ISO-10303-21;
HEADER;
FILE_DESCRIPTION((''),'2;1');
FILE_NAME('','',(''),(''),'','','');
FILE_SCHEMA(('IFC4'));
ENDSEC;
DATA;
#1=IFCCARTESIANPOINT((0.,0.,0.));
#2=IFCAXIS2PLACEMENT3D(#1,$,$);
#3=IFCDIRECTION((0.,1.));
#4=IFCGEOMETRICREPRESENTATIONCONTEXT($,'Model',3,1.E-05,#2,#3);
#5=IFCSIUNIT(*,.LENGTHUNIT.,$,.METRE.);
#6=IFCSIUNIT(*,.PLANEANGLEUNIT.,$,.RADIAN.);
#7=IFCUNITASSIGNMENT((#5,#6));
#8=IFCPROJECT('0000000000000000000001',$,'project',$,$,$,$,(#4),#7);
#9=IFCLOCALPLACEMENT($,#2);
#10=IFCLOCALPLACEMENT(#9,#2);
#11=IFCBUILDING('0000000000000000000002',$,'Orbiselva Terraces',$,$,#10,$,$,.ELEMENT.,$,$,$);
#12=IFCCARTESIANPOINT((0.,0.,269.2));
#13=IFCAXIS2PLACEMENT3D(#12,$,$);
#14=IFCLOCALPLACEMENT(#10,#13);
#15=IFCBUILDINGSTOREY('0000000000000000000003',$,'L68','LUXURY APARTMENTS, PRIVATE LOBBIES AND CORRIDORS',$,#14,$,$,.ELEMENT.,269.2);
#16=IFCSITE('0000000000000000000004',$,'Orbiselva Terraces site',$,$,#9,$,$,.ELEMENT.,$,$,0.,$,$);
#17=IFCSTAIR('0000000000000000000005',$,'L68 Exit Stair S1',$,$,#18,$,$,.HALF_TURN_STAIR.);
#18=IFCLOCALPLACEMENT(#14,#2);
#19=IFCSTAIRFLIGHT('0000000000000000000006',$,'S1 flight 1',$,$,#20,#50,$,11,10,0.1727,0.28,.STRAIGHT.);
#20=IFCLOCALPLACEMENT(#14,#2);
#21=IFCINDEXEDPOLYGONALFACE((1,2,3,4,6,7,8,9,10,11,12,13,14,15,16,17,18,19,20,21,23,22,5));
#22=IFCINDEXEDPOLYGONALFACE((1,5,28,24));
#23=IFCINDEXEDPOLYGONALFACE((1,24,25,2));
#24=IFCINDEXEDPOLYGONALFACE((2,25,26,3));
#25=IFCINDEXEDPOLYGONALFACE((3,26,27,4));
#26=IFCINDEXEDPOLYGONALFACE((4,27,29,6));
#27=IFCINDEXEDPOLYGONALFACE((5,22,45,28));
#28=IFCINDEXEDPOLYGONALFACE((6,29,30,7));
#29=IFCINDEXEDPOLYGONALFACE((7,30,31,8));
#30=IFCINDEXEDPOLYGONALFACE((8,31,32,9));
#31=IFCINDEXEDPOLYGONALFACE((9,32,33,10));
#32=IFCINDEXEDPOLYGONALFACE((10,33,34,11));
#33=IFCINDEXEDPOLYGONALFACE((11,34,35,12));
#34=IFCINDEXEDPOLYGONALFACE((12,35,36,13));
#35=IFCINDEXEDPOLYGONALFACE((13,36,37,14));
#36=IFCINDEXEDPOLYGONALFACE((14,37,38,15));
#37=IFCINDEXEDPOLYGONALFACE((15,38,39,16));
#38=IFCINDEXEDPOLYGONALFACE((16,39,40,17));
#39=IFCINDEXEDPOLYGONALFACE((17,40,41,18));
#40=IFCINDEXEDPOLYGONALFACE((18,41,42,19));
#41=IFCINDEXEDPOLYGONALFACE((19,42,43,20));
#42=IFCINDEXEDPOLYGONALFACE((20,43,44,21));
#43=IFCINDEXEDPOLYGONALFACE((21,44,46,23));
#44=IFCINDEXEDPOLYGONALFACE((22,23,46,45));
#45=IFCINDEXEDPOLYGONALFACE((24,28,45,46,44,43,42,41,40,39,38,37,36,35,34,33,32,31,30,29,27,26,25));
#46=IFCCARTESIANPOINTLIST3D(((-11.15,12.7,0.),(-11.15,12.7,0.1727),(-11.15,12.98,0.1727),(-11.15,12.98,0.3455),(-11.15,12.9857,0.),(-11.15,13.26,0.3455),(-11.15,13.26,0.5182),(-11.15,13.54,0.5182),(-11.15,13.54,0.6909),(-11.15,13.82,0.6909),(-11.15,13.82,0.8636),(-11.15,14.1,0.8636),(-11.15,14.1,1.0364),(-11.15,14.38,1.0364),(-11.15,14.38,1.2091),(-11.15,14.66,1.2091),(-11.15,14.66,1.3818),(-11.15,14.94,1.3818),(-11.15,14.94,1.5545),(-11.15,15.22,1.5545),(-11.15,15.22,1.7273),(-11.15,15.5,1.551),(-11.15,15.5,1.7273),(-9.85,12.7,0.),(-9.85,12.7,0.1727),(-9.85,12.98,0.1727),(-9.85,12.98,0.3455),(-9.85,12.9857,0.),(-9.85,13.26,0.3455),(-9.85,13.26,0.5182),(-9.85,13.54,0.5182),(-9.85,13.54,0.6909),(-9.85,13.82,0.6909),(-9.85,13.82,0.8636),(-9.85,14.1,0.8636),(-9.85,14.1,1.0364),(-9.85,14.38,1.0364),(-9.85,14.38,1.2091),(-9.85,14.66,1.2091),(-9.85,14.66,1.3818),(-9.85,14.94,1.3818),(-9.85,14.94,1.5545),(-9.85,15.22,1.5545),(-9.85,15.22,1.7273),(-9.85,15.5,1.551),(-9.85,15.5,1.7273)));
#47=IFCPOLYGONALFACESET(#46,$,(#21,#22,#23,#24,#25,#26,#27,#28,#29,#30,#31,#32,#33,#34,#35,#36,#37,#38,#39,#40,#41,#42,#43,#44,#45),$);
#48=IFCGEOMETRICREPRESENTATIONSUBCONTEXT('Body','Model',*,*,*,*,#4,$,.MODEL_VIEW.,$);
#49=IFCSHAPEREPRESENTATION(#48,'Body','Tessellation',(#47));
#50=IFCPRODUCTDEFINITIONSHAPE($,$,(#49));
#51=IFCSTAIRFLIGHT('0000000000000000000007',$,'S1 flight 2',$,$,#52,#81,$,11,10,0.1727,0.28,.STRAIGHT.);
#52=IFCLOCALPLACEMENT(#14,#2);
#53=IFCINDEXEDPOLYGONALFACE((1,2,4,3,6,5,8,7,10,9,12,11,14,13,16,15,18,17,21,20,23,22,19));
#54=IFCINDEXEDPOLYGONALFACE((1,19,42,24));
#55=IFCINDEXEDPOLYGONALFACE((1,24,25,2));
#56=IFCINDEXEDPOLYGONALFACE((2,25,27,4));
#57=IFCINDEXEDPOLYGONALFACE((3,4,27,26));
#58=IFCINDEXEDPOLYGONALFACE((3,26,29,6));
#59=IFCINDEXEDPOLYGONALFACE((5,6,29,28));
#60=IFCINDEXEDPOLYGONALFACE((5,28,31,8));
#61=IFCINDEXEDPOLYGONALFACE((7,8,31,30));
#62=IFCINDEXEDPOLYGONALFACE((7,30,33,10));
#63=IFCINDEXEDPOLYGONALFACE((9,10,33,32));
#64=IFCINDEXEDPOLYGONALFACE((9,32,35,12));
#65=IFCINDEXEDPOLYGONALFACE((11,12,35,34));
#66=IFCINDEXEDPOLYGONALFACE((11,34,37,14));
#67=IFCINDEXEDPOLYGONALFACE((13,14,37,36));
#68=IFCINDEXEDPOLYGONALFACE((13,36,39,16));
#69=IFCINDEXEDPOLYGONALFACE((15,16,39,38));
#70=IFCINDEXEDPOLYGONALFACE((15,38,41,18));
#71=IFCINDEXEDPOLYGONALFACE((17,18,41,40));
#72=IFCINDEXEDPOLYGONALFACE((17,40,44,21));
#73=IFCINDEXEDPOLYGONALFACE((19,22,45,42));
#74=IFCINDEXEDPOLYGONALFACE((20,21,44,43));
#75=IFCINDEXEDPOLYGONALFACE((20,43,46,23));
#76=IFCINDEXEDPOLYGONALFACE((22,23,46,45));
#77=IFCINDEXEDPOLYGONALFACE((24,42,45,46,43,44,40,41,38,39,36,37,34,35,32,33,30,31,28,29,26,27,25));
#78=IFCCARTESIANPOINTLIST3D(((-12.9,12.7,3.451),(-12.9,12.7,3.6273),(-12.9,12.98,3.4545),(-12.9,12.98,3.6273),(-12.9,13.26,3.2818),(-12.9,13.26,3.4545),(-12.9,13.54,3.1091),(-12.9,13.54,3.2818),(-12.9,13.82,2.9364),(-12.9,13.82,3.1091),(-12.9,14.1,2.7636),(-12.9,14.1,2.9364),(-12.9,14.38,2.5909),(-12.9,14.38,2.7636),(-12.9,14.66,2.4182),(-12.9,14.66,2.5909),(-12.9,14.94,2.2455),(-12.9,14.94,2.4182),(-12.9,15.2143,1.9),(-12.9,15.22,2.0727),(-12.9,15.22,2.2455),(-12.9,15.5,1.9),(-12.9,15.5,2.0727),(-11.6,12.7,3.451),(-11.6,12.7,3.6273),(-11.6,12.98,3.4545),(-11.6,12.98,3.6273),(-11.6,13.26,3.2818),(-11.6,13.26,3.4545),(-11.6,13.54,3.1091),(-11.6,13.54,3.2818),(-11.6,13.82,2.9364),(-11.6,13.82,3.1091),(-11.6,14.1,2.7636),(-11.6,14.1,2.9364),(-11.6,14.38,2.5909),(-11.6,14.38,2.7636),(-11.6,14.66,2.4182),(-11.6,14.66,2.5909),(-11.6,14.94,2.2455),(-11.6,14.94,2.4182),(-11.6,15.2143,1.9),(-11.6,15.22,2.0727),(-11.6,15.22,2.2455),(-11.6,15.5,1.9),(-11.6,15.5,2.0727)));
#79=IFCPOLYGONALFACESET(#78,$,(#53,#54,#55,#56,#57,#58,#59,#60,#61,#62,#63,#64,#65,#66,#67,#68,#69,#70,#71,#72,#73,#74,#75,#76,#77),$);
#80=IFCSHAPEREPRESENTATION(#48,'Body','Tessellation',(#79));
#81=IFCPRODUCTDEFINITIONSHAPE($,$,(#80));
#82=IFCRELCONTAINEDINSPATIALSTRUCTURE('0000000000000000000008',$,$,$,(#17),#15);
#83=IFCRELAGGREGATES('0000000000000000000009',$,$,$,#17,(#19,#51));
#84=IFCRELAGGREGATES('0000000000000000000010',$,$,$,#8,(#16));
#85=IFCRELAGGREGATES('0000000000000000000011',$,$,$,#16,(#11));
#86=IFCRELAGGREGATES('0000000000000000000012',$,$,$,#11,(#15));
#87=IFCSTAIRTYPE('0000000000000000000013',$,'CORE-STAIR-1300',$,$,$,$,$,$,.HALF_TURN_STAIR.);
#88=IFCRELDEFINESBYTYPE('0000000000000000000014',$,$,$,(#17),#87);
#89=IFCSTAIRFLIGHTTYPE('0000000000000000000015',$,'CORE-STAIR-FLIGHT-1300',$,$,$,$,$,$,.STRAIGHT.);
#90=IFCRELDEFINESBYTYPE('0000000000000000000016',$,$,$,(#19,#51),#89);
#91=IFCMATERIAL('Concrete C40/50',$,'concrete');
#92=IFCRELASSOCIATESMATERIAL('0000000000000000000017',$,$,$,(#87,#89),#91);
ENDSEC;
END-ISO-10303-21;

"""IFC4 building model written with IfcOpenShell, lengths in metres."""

from ifc_helpers import new_model, si_unit, direction, frame, origin, place, context, subcontext, project, spatial, polyline, outline, extrude, material, type_object, element, aggregate, save


model = new_model("IFC4")

# Units and contexts
model_context = context("Model", 3, precision=1e-05, world=origin(), true_north=direction((0.0, 1.0)))
body_context = subcontext(model_context, "Body", "Model", "MODEL_VIEW")
ifc_project = project(units=[si_unit("LENGTHUNIT", "METRE"), si_unit("PLANEANGLEUNIT", "RADIAN")], contexts=[model_context])

# Site, building, storey
site_placement = place(None, origin())
site = spatial("IfcSite", under=ifc_project, at=site_placement, Name="Orbiselva Terraces site", CompositionType="ELEMENT", RefElevation=0.0)
building_placement = place(site_placement, origin())
building = spatial("IfcBuilding", under=site, at=building_placement, Name="Orbiselva Terraces", CompositionType="ELEMENT")
storey_placement = place(building_placement, frame((0.0, 0.0, 269.2)))
storey = spatial("IfcBuildingStorey", under=building, at=storey_placement, Name="L68", Description="LUXURY APARTMENTS, PRIVATE LOBBIES AND CORRIDORS", CompositionType="ELEMENT", Elevation=269.2)

# Shared definitions
ifc_material_1 = material(Name="Concrete C40/50", Category="concrete")

# Stair, stair flights
stair_type = type_object("IfcStairType", Name="CORE-STAIR-1300", PredefinedType="HALF_TURN_STAIR", material=ifc_material_1)
stair_placement = place(storey_placement, origin())
stair = element("IfcStair", 1, at=stair_placement, inside=storey, type_object=stair_type, Name="L68 Exit Stair S1", PredefinedType="HALF_TURN_STAIR")
stair_flight_type = type_object("IfcStairFlightType", Name="CORE-STAIR-FLIGHT-1300", PredefinedType="STRAIGHT", material=ifc_material_1)
stair_flight_1_placement = place(storey_placement, frame((-10.5, 12.7, 0.0), z_axis=(0.0, 0.0, 1.0), x_axis=(0.0, 1.0, 0.0)))
stair_flight_1 = element("IfcStairFlight", 2, at=stair_flight_1_placement, type_object=stair_flight_type, Name="S1 flight 1", NumberOfRisers=11, NumberOfTreads=10, PredefinedType="STRAIGHT", RiserHeight=0.1727, TreadLength=0.28, context=body_context, shape_type="SweptSolid", body=[
    extrude(outline(polyline([(0.0, 0.0), (0.0, 0.1727), (0.28, 0.1727), (0.28, 0.3455), (0.56, 0.3455), (0.56, 0.5182), (0.84, 0.5182), (0.84, 0.6909), (1.12, 0.6909), (1.12, 0.8636), (1.4, 0.8636), (1.4, 1.0364), (1.68, 1.0364), (1.68, 1.2091), (1.96, 1.2091), (1.96, 1.3818), (2.24, 1.3818), (2.24, 1.5545), (2.52, 1.5545), (2.52, 1.7273), (2.8, 1.7273), (2.8, 1.9), (2.8, 1.551), (0.2857, 0.0), (0.0, 0.0)])), frame((0.0, 0.65, 0.0), z_axis=(0.0, -1.0, 0.0), x_axis=(1.0, 0.0, 0.0)), (0.0, 0.0, 1.0), 1.3),
])
stair_flight_2_placement = place(storey_placement, frame((-12.25, 15.5, 1.9), z_axis=(0.0, 0.0, 1.0), x_axis=(0.0, -1.0, 0.0)))
stair_flight_2 = element("IfcStairFlight", 3, at=stair_flight_2_placement, type_object=stair_flight_type, Name="S1 flight 2", NumberOfRisers=11, NumberOfTreads=10, PredefinedType="STRAIGHT", RiserHeight=0.1727, TreadLength=0.28, context=body_context, shape_type="SweptSolid", body=[
    extrude(outline(polyline([(0.0, 0.0), (0.0, 0.1727), (0.28, 0.1727), (0.28, 0.3455), (0.56, 0.3455), (0.56, 0.5182), (0.84, 0.5182), (0.84, 0.6909), (1.12, 0.6909), (1.12, 0.8636), (1.4, 0.8636), (1.4, 1.0364), (1.68, 1.0364), (1.68, 1.2091), (1.96, 1.2091), (1.96, 1.3818), (2.24, 1.3818), (2.24, 1.5545), (2.52, 1.5545), (2.52, 1.7273), (2.8, 1.7273), (2.8, 1.9), (2.8, 1.551), (0.2857, 0.0), (0.0, 0.0)])), frame((0.0, 0.65, 0.0), z_axis=(0.0, -1.0, 0.0), x_axis=(1.0, 0.0, 0.0)), (0.0, 0.0, 1.0), 1.3),
])
aggregate(stair, [stair_flight_1, stair_flight_2])

save(model, "model.ifc")
